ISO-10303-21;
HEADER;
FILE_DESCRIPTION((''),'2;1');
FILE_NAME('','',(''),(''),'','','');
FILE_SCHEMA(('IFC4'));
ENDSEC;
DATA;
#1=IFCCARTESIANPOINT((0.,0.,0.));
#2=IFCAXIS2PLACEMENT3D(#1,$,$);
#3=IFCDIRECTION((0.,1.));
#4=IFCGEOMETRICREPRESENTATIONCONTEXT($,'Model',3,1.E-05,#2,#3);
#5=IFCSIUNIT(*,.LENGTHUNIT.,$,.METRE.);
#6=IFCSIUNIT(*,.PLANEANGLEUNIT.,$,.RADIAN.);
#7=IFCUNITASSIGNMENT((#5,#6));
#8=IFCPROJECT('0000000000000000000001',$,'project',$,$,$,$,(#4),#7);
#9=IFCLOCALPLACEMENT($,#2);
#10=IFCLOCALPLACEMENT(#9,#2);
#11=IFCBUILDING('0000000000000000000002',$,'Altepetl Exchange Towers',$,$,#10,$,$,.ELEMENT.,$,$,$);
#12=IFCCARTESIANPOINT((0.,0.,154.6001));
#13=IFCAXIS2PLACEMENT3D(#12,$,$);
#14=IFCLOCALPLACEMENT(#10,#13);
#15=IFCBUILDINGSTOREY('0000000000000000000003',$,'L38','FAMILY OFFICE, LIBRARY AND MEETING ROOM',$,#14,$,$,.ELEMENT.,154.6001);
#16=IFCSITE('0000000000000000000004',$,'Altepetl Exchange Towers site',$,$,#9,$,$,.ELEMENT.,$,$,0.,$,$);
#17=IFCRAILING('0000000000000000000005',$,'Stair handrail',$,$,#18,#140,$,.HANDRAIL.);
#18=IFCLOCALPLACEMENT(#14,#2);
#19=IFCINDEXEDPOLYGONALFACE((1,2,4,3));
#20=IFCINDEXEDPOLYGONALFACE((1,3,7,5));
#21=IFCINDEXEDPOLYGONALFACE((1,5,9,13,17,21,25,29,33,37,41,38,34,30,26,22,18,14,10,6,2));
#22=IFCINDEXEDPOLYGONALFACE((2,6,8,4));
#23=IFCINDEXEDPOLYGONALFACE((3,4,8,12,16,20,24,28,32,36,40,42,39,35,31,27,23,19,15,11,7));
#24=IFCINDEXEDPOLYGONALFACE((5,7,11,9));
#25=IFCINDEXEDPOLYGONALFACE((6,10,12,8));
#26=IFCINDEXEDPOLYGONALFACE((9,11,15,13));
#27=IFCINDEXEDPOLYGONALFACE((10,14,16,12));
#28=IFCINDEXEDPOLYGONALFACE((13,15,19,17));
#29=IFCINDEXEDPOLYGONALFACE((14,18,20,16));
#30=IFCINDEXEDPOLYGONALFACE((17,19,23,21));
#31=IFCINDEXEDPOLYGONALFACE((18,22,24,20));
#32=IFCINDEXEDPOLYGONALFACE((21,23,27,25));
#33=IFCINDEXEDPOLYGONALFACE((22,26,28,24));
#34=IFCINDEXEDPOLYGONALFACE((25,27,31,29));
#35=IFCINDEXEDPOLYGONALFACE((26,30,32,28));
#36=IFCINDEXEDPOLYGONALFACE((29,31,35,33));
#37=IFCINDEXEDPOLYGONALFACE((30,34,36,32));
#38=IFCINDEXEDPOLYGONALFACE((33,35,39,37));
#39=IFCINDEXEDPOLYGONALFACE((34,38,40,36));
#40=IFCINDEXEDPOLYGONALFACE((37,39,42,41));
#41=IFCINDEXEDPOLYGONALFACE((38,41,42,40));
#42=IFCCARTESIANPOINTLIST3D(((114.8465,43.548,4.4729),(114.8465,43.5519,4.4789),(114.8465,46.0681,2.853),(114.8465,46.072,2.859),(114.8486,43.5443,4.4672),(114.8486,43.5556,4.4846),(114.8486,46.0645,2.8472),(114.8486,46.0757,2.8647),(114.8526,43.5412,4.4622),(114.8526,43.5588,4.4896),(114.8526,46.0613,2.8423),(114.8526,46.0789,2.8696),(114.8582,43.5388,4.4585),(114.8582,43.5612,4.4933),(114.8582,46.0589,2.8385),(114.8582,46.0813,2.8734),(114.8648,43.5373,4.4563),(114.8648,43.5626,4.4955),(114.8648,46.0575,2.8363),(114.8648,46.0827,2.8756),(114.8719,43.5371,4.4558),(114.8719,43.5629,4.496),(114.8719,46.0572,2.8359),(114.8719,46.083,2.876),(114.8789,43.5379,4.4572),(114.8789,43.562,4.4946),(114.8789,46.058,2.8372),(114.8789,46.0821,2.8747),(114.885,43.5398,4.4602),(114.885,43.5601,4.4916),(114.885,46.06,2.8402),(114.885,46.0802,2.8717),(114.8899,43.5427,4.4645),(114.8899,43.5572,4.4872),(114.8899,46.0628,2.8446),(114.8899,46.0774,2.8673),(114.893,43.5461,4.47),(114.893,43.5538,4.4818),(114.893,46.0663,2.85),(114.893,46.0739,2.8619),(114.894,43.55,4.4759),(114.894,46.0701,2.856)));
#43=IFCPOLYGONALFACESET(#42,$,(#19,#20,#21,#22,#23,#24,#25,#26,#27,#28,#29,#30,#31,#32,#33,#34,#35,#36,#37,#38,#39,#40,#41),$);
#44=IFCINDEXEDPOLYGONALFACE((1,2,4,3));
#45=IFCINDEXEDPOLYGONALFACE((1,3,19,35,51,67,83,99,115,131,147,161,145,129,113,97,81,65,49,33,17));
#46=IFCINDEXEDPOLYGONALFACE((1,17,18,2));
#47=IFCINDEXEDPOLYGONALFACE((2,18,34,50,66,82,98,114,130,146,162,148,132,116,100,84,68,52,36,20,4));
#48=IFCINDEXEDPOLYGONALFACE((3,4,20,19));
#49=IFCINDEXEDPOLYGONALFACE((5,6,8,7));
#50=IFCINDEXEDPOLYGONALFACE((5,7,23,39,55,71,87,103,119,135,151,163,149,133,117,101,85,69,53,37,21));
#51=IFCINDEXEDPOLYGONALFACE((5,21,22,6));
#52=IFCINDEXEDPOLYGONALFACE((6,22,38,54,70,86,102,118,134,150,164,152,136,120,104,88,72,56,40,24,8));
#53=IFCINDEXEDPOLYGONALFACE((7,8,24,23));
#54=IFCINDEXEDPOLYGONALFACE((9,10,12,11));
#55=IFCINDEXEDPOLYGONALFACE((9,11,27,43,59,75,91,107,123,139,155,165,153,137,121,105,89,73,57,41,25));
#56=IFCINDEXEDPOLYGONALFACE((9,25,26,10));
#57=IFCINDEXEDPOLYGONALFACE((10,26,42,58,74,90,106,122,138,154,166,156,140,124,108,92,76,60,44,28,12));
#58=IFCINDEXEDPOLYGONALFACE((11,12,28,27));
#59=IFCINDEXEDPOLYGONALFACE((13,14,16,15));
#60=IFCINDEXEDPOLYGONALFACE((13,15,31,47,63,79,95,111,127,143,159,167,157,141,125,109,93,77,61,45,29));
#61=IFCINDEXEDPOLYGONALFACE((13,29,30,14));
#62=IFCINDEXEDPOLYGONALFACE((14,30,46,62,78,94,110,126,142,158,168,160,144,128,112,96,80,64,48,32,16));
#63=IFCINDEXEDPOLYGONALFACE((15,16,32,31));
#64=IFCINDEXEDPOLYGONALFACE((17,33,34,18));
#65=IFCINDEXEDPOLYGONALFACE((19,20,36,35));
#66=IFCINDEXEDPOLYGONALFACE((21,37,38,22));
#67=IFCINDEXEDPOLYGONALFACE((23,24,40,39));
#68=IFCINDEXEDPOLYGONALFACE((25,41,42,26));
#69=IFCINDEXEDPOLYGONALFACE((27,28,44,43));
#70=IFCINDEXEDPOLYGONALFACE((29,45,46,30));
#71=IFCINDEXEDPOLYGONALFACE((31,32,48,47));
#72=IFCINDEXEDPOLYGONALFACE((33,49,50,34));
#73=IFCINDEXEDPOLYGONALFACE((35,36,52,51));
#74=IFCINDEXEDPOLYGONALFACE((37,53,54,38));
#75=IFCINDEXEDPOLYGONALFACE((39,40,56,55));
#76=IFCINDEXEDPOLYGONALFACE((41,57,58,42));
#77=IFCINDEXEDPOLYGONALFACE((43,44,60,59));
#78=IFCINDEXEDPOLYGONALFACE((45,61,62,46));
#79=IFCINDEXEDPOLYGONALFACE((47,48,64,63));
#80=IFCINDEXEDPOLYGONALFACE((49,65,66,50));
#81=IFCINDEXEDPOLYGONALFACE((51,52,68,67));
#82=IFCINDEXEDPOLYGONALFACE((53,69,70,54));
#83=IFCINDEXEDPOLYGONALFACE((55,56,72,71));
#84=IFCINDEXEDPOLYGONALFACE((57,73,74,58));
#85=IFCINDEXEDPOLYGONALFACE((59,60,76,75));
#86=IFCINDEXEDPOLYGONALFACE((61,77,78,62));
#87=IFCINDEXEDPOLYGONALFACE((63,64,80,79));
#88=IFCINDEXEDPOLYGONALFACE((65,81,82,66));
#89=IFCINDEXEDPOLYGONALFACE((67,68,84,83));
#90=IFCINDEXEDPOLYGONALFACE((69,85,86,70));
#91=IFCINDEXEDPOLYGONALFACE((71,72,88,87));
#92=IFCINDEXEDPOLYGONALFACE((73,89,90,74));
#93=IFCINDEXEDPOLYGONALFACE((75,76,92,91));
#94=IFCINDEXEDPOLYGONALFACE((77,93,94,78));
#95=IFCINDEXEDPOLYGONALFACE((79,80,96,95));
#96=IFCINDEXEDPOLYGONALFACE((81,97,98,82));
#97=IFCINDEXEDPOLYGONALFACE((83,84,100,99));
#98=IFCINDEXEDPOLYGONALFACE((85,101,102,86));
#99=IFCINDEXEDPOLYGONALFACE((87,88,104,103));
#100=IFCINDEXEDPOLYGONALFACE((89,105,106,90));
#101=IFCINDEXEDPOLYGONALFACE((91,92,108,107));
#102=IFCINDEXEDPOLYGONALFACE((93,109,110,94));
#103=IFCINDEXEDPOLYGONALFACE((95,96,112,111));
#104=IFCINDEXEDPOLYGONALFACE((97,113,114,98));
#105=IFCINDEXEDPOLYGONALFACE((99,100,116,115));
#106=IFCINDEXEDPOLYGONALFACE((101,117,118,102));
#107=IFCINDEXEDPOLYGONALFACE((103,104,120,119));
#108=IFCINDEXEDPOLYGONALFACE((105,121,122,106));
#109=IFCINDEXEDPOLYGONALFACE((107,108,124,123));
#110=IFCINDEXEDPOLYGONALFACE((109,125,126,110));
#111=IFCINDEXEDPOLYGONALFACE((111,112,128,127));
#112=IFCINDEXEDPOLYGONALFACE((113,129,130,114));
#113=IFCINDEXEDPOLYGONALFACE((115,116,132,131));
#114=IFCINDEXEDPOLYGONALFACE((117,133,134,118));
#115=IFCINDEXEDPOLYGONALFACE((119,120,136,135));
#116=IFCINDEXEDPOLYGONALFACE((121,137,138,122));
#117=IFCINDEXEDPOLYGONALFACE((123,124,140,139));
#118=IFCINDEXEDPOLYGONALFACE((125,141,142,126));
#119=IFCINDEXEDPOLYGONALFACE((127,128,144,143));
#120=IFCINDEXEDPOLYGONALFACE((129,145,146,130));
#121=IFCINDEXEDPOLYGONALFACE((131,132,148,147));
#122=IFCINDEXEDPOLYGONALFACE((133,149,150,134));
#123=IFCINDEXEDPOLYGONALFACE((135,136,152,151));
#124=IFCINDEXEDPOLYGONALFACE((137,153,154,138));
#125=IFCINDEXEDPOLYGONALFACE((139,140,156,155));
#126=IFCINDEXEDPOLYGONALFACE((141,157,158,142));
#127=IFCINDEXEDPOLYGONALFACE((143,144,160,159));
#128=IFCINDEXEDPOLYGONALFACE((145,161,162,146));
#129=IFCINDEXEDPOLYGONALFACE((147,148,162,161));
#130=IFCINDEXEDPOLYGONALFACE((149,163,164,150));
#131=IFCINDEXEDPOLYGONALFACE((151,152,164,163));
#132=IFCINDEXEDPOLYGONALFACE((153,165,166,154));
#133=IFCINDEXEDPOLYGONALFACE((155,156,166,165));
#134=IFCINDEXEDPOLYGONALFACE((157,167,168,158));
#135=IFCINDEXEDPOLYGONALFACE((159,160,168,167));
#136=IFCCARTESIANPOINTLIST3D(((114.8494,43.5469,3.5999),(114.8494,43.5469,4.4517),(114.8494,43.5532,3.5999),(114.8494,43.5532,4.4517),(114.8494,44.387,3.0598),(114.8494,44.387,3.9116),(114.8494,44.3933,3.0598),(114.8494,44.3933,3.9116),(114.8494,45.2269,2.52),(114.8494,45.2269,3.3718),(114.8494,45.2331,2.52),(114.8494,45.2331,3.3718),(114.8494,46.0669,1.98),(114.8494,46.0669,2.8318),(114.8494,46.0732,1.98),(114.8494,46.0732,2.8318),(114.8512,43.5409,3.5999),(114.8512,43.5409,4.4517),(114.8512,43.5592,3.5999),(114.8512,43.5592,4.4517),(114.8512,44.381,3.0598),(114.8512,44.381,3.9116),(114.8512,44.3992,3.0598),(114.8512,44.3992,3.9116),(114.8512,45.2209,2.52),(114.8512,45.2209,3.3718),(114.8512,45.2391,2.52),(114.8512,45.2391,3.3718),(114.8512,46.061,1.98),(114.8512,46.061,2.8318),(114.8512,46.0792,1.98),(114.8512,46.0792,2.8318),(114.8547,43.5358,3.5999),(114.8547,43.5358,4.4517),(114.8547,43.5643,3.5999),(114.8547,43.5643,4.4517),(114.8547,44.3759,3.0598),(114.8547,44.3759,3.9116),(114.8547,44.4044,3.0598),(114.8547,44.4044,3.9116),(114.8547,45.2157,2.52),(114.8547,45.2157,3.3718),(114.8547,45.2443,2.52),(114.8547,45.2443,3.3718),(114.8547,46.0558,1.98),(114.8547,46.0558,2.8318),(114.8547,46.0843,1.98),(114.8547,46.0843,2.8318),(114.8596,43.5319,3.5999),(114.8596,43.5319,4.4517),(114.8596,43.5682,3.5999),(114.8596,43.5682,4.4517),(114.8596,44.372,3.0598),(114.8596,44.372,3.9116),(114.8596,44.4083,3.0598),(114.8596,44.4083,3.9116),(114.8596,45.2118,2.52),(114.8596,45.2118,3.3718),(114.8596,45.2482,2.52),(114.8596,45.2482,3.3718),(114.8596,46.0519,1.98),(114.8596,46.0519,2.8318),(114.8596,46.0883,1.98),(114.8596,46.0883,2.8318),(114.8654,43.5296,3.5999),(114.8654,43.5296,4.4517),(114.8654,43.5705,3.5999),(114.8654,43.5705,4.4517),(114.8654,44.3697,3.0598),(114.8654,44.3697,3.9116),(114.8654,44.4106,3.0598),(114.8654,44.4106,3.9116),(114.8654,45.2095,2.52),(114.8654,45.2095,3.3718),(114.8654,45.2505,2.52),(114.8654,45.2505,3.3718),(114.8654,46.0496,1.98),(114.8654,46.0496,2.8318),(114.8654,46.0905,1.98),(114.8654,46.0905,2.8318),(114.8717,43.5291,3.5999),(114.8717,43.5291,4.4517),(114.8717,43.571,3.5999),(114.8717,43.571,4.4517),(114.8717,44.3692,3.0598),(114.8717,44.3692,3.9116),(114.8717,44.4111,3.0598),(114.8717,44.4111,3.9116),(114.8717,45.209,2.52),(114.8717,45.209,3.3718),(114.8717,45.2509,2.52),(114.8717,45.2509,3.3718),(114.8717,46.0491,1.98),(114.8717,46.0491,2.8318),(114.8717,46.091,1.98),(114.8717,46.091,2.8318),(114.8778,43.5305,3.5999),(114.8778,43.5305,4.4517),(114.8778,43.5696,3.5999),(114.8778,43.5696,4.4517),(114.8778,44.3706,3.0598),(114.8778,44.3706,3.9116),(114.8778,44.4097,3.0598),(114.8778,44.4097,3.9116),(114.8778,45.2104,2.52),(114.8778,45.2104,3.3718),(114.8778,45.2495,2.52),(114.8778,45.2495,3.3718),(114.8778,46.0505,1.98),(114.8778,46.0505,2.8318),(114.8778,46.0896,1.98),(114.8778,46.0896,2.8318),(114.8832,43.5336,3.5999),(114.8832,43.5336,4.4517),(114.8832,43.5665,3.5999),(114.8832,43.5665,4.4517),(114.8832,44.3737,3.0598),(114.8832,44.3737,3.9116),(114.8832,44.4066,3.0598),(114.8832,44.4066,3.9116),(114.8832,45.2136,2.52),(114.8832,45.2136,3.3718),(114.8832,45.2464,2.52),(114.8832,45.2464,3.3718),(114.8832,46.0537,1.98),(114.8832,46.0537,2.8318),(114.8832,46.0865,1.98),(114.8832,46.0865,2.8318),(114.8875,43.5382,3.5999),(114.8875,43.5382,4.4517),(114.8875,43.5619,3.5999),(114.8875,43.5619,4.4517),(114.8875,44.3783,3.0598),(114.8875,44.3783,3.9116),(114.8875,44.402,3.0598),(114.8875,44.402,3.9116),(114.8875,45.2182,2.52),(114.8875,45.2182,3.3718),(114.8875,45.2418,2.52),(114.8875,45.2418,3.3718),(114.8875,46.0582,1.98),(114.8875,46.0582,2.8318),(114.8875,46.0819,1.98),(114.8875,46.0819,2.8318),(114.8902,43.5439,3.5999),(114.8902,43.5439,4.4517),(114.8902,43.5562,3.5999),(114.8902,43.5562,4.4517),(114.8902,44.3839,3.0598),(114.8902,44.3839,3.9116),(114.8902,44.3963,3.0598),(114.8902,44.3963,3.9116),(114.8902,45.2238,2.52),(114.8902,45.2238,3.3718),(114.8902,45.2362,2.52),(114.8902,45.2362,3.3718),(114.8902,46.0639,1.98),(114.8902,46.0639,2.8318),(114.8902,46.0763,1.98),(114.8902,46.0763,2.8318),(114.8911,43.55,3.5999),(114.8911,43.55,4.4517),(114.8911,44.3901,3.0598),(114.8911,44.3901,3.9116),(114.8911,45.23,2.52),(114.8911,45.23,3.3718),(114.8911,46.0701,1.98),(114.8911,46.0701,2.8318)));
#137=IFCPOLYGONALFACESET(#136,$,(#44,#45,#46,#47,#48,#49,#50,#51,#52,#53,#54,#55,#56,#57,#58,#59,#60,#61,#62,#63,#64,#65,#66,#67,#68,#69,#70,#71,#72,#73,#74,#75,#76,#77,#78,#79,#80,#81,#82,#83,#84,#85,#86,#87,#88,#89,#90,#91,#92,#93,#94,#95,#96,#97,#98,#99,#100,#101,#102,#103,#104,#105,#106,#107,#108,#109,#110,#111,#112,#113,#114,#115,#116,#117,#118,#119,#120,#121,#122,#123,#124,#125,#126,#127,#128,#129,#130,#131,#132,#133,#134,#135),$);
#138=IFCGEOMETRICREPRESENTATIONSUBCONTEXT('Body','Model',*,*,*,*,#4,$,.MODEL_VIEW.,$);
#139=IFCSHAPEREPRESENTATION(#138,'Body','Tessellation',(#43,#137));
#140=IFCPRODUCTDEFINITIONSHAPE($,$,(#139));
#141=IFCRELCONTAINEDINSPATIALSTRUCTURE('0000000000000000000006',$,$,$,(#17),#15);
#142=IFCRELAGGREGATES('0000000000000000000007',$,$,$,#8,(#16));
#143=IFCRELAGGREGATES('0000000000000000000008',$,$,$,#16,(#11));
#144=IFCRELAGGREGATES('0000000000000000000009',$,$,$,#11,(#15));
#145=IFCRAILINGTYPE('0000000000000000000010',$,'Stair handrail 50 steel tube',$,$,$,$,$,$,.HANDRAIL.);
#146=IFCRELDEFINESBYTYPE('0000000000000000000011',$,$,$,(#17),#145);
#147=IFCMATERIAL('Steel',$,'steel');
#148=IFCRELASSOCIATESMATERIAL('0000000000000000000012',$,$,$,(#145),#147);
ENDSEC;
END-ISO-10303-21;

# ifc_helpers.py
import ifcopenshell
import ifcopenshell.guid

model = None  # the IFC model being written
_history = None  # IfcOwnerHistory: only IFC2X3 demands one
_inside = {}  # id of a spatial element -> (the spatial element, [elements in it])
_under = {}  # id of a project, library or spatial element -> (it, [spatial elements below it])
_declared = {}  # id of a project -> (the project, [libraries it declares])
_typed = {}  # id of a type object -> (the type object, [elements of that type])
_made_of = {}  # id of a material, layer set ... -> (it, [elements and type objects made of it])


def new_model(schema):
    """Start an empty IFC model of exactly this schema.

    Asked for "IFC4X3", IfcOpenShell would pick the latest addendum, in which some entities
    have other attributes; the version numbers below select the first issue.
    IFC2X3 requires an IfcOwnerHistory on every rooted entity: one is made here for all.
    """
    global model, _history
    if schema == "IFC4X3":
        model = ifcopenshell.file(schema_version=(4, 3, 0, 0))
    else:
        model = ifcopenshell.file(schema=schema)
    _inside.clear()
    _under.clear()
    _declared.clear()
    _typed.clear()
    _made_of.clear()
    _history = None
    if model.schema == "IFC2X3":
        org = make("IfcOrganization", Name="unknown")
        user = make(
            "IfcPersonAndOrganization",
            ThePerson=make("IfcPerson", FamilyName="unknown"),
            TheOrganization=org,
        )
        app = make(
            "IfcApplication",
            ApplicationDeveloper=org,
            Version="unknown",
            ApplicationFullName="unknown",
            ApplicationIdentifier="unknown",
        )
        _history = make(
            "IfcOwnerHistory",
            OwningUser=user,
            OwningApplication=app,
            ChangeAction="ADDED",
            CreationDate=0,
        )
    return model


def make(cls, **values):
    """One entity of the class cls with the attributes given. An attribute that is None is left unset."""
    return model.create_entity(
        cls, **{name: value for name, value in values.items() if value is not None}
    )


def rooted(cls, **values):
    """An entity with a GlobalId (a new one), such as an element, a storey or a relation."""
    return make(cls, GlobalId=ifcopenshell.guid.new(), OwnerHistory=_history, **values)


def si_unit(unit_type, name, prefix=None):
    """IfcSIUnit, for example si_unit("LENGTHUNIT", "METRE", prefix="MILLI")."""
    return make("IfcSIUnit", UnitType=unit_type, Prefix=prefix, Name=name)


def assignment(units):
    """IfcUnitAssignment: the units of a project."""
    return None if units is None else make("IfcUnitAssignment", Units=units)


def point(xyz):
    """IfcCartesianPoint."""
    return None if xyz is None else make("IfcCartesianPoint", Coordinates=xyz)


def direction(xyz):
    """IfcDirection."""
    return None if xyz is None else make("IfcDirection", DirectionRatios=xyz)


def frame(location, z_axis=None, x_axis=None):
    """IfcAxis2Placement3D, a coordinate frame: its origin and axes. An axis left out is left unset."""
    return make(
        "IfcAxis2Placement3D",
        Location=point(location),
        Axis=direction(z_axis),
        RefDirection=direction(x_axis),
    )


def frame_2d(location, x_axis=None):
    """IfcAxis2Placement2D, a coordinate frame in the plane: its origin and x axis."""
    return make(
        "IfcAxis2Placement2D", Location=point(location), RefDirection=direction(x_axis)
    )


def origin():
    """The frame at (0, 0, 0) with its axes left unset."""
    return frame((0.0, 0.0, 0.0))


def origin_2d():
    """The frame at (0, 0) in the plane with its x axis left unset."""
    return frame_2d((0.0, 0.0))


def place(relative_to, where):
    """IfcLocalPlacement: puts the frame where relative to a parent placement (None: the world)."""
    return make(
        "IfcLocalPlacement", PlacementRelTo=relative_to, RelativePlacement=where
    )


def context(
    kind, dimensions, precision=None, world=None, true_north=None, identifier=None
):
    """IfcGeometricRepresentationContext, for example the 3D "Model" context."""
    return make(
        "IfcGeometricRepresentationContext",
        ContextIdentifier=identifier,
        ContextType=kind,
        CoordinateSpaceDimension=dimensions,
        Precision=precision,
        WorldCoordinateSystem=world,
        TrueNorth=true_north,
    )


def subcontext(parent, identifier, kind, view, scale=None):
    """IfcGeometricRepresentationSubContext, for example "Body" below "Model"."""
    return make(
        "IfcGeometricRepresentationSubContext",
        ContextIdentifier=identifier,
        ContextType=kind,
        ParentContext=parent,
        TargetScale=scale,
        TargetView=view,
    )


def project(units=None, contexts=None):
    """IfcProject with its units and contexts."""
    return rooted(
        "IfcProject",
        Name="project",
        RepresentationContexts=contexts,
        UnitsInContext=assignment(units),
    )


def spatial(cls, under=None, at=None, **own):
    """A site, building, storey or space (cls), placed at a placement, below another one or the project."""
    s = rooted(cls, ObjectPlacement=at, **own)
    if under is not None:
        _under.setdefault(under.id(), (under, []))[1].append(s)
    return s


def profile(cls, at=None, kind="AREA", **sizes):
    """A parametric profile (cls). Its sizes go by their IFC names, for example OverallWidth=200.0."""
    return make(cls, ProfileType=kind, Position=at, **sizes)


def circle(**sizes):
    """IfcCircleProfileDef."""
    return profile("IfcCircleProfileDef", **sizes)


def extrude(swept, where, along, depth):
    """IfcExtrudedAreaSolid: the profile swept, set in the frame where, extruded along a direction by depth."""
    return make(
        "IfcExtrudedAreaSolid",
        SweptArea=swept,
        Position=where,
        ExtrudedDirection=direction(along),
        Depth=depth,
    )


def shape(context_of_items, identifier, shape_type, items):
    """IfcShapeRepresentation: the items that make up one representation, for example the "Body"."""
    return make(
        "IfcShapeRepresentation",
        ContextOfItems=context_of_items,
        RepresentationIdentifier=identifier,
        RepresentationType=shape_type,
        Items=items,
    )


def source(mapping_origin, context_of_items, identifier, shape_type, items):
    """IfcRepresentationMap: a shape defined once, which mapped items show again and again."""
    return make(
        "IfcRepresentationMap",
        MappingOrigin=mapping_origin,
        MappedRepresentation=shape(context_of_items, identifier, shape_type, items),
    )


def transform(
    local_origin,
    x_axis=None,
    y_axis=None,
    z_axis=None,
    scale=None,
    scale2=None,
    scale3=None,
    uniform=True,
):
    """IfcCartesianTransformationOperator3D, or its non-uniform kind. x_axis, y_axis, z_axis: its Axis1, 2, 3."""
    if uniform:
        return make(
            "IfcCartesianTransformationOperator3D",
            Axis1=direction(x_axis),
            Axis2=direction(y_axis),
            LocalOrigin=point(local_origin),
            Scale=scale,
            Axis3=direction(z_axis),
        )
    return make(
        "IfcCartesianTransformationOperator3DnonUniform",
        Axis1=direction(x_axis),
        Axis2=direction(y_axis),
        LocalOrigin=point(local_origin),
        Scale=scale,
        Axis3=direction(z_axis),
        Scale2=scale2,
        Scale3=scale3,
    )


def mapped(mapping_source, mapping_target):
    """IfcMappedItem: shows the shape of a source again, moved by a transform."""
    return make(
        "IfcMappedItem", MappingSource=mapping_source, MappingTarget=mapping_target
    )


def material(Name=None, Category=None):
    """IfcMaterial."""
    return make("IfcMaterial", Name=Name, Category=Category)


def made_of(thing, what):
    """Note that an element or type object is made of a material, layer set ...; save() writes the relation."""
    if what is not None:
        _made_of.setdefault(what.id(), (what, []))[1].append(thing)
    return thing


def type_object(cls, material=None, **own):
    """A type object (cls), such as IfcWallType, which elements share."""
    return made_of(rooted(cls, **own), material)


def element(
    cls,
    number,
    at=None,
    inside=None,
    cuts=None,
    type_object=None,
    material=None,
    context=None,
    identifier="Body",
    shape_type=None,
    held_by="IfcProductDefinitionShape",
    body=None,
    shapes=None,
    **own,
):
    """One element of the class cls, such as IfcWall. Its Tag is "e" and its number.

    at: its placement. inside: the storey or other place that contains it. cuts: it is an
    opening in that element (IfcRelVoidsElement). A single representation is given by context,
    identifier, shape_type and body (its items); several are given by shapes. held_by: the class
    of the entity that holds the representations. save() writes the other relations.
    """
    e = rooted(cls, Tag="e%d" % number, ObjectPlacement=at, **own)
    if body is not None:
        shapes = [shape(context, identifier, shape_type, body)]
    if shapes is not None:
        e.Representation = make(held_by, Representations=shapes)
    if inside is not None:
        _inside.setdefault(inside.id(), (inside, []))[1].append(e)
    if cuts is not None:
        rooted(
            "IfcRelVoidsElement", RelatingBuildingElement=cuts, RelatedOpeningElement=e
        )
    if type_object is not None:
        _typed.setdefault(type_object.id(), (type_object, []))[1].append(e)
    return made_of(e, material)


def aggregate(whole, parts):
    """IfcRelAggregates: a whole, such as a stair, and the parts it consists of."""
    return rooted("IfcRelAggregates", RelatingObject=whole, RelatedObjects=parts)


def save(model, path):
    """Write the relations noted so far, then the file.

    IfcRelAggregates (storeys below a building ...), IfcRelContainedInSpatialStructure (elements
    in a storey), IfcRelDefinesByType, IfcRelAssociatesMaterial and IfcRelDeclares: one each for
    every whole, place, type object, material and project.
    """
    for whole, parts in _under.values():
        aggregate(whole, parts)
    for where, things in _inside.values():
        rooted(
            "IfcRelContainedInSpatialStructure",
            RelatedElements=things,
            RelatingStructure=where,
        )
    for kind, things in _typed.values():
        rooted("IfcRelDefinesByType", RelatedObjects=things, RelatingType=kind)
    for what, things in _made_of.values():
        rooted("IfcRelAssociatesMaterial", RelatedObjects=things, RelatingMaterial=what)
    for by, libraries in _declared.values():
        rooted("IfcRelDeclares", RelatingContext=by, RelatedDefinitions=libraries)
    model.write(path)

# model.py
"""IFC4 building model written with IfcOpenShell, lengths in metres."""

from ifc_helpers import new_model, si_unit, direction, frame, origin, origin_2d, place, context, subcontext, project, spatial, circle, extrude, source, transform, mapped, material, type_object, element, save


model = new_model("IFC4")

# Units and contexts
model_context = context("Model", 3, precision=1e-05, world=origin(), true_north=direction((0.0, 1.0)))
body_context = subcontext(model_context, "Body", "Model", "MODEL_VIEW")
ifc_project = project(units=[si_unit("LENGTHUNIT", "METRE"), si_unit("PLANEANGLEUNIT", "RADIAN")], contexts=[model_context])

# Site, building, storey
site_placement = place(None, origin())
site = spatial("IfcSite", under=ifc_project, at=site_placement, Name="Altepetl Exchange Towers site", CompositionType="ELEMENT", RefElevation=0.0)
building_placement = place(site_placement, origin())
building = spatial("IfcBuilding", under=site, at=building_placement, Name="Altepetl Exchange Towers", CompositionType="ELEMENT")
storey_placement = place(building_placement, frame((0.0, 0.0, 154.6001)))
storey = spatial("IfcBuildingStorey", under=building, at=storey_placement, Name="L38", Description="FAMILY OFFICE, LIBRARY AND MEETING ROOM", CompositionType="ELEMENT", Elevation=154.6001)

# Railing
ifc_material_1 = material(Name="Steel", Category="steel")
railing_type = type_object("IfcRailingType", Name="Stair handrail 50 steel tube", PredefinedType="HANDRAIL", material=ifc_material_1)
shared_shape = source(origin(), body_context, "Body", "SweptSolid", [
    extrude(circle(Radius=0.021, at=origin_2d()), origin(), (0.0, 0.0, 1.0), 0.8518),
])
railing_1_placement = place(storey_placement, frame((114.8701, 46.0701, 1.98)))
element("IfcRailing", 1, at=railing_1_placement, inside=storey, type_object=railing_type, Name="Stair handrail", PredefinedType="HANDRAIL", context=body_context, shape_type="SweptSolid", body=[
    extrude(circle(Radius=0.0239, at=origin_2d()), frame((0.0, 0.0, 0.876), z_axis=(0.0, -0.8412, 0.540725), x_axis=(1.0, 0.0, 0.0)), (0.0, 0.0, 1.0), 2.9958),
    mapped(shared_shape, transform((0.0, 0.0, 0.0))),
    mapped(shared_shape, transform((0.0, -0.8401, 0.54))),
    mapped(shared_shape, transform((0.0, -1.6799, 1.0798))),
    mapped(shared_shape, transform((0.0, -2.52, 1.6199))),
])

save(model, "model.ifc")
